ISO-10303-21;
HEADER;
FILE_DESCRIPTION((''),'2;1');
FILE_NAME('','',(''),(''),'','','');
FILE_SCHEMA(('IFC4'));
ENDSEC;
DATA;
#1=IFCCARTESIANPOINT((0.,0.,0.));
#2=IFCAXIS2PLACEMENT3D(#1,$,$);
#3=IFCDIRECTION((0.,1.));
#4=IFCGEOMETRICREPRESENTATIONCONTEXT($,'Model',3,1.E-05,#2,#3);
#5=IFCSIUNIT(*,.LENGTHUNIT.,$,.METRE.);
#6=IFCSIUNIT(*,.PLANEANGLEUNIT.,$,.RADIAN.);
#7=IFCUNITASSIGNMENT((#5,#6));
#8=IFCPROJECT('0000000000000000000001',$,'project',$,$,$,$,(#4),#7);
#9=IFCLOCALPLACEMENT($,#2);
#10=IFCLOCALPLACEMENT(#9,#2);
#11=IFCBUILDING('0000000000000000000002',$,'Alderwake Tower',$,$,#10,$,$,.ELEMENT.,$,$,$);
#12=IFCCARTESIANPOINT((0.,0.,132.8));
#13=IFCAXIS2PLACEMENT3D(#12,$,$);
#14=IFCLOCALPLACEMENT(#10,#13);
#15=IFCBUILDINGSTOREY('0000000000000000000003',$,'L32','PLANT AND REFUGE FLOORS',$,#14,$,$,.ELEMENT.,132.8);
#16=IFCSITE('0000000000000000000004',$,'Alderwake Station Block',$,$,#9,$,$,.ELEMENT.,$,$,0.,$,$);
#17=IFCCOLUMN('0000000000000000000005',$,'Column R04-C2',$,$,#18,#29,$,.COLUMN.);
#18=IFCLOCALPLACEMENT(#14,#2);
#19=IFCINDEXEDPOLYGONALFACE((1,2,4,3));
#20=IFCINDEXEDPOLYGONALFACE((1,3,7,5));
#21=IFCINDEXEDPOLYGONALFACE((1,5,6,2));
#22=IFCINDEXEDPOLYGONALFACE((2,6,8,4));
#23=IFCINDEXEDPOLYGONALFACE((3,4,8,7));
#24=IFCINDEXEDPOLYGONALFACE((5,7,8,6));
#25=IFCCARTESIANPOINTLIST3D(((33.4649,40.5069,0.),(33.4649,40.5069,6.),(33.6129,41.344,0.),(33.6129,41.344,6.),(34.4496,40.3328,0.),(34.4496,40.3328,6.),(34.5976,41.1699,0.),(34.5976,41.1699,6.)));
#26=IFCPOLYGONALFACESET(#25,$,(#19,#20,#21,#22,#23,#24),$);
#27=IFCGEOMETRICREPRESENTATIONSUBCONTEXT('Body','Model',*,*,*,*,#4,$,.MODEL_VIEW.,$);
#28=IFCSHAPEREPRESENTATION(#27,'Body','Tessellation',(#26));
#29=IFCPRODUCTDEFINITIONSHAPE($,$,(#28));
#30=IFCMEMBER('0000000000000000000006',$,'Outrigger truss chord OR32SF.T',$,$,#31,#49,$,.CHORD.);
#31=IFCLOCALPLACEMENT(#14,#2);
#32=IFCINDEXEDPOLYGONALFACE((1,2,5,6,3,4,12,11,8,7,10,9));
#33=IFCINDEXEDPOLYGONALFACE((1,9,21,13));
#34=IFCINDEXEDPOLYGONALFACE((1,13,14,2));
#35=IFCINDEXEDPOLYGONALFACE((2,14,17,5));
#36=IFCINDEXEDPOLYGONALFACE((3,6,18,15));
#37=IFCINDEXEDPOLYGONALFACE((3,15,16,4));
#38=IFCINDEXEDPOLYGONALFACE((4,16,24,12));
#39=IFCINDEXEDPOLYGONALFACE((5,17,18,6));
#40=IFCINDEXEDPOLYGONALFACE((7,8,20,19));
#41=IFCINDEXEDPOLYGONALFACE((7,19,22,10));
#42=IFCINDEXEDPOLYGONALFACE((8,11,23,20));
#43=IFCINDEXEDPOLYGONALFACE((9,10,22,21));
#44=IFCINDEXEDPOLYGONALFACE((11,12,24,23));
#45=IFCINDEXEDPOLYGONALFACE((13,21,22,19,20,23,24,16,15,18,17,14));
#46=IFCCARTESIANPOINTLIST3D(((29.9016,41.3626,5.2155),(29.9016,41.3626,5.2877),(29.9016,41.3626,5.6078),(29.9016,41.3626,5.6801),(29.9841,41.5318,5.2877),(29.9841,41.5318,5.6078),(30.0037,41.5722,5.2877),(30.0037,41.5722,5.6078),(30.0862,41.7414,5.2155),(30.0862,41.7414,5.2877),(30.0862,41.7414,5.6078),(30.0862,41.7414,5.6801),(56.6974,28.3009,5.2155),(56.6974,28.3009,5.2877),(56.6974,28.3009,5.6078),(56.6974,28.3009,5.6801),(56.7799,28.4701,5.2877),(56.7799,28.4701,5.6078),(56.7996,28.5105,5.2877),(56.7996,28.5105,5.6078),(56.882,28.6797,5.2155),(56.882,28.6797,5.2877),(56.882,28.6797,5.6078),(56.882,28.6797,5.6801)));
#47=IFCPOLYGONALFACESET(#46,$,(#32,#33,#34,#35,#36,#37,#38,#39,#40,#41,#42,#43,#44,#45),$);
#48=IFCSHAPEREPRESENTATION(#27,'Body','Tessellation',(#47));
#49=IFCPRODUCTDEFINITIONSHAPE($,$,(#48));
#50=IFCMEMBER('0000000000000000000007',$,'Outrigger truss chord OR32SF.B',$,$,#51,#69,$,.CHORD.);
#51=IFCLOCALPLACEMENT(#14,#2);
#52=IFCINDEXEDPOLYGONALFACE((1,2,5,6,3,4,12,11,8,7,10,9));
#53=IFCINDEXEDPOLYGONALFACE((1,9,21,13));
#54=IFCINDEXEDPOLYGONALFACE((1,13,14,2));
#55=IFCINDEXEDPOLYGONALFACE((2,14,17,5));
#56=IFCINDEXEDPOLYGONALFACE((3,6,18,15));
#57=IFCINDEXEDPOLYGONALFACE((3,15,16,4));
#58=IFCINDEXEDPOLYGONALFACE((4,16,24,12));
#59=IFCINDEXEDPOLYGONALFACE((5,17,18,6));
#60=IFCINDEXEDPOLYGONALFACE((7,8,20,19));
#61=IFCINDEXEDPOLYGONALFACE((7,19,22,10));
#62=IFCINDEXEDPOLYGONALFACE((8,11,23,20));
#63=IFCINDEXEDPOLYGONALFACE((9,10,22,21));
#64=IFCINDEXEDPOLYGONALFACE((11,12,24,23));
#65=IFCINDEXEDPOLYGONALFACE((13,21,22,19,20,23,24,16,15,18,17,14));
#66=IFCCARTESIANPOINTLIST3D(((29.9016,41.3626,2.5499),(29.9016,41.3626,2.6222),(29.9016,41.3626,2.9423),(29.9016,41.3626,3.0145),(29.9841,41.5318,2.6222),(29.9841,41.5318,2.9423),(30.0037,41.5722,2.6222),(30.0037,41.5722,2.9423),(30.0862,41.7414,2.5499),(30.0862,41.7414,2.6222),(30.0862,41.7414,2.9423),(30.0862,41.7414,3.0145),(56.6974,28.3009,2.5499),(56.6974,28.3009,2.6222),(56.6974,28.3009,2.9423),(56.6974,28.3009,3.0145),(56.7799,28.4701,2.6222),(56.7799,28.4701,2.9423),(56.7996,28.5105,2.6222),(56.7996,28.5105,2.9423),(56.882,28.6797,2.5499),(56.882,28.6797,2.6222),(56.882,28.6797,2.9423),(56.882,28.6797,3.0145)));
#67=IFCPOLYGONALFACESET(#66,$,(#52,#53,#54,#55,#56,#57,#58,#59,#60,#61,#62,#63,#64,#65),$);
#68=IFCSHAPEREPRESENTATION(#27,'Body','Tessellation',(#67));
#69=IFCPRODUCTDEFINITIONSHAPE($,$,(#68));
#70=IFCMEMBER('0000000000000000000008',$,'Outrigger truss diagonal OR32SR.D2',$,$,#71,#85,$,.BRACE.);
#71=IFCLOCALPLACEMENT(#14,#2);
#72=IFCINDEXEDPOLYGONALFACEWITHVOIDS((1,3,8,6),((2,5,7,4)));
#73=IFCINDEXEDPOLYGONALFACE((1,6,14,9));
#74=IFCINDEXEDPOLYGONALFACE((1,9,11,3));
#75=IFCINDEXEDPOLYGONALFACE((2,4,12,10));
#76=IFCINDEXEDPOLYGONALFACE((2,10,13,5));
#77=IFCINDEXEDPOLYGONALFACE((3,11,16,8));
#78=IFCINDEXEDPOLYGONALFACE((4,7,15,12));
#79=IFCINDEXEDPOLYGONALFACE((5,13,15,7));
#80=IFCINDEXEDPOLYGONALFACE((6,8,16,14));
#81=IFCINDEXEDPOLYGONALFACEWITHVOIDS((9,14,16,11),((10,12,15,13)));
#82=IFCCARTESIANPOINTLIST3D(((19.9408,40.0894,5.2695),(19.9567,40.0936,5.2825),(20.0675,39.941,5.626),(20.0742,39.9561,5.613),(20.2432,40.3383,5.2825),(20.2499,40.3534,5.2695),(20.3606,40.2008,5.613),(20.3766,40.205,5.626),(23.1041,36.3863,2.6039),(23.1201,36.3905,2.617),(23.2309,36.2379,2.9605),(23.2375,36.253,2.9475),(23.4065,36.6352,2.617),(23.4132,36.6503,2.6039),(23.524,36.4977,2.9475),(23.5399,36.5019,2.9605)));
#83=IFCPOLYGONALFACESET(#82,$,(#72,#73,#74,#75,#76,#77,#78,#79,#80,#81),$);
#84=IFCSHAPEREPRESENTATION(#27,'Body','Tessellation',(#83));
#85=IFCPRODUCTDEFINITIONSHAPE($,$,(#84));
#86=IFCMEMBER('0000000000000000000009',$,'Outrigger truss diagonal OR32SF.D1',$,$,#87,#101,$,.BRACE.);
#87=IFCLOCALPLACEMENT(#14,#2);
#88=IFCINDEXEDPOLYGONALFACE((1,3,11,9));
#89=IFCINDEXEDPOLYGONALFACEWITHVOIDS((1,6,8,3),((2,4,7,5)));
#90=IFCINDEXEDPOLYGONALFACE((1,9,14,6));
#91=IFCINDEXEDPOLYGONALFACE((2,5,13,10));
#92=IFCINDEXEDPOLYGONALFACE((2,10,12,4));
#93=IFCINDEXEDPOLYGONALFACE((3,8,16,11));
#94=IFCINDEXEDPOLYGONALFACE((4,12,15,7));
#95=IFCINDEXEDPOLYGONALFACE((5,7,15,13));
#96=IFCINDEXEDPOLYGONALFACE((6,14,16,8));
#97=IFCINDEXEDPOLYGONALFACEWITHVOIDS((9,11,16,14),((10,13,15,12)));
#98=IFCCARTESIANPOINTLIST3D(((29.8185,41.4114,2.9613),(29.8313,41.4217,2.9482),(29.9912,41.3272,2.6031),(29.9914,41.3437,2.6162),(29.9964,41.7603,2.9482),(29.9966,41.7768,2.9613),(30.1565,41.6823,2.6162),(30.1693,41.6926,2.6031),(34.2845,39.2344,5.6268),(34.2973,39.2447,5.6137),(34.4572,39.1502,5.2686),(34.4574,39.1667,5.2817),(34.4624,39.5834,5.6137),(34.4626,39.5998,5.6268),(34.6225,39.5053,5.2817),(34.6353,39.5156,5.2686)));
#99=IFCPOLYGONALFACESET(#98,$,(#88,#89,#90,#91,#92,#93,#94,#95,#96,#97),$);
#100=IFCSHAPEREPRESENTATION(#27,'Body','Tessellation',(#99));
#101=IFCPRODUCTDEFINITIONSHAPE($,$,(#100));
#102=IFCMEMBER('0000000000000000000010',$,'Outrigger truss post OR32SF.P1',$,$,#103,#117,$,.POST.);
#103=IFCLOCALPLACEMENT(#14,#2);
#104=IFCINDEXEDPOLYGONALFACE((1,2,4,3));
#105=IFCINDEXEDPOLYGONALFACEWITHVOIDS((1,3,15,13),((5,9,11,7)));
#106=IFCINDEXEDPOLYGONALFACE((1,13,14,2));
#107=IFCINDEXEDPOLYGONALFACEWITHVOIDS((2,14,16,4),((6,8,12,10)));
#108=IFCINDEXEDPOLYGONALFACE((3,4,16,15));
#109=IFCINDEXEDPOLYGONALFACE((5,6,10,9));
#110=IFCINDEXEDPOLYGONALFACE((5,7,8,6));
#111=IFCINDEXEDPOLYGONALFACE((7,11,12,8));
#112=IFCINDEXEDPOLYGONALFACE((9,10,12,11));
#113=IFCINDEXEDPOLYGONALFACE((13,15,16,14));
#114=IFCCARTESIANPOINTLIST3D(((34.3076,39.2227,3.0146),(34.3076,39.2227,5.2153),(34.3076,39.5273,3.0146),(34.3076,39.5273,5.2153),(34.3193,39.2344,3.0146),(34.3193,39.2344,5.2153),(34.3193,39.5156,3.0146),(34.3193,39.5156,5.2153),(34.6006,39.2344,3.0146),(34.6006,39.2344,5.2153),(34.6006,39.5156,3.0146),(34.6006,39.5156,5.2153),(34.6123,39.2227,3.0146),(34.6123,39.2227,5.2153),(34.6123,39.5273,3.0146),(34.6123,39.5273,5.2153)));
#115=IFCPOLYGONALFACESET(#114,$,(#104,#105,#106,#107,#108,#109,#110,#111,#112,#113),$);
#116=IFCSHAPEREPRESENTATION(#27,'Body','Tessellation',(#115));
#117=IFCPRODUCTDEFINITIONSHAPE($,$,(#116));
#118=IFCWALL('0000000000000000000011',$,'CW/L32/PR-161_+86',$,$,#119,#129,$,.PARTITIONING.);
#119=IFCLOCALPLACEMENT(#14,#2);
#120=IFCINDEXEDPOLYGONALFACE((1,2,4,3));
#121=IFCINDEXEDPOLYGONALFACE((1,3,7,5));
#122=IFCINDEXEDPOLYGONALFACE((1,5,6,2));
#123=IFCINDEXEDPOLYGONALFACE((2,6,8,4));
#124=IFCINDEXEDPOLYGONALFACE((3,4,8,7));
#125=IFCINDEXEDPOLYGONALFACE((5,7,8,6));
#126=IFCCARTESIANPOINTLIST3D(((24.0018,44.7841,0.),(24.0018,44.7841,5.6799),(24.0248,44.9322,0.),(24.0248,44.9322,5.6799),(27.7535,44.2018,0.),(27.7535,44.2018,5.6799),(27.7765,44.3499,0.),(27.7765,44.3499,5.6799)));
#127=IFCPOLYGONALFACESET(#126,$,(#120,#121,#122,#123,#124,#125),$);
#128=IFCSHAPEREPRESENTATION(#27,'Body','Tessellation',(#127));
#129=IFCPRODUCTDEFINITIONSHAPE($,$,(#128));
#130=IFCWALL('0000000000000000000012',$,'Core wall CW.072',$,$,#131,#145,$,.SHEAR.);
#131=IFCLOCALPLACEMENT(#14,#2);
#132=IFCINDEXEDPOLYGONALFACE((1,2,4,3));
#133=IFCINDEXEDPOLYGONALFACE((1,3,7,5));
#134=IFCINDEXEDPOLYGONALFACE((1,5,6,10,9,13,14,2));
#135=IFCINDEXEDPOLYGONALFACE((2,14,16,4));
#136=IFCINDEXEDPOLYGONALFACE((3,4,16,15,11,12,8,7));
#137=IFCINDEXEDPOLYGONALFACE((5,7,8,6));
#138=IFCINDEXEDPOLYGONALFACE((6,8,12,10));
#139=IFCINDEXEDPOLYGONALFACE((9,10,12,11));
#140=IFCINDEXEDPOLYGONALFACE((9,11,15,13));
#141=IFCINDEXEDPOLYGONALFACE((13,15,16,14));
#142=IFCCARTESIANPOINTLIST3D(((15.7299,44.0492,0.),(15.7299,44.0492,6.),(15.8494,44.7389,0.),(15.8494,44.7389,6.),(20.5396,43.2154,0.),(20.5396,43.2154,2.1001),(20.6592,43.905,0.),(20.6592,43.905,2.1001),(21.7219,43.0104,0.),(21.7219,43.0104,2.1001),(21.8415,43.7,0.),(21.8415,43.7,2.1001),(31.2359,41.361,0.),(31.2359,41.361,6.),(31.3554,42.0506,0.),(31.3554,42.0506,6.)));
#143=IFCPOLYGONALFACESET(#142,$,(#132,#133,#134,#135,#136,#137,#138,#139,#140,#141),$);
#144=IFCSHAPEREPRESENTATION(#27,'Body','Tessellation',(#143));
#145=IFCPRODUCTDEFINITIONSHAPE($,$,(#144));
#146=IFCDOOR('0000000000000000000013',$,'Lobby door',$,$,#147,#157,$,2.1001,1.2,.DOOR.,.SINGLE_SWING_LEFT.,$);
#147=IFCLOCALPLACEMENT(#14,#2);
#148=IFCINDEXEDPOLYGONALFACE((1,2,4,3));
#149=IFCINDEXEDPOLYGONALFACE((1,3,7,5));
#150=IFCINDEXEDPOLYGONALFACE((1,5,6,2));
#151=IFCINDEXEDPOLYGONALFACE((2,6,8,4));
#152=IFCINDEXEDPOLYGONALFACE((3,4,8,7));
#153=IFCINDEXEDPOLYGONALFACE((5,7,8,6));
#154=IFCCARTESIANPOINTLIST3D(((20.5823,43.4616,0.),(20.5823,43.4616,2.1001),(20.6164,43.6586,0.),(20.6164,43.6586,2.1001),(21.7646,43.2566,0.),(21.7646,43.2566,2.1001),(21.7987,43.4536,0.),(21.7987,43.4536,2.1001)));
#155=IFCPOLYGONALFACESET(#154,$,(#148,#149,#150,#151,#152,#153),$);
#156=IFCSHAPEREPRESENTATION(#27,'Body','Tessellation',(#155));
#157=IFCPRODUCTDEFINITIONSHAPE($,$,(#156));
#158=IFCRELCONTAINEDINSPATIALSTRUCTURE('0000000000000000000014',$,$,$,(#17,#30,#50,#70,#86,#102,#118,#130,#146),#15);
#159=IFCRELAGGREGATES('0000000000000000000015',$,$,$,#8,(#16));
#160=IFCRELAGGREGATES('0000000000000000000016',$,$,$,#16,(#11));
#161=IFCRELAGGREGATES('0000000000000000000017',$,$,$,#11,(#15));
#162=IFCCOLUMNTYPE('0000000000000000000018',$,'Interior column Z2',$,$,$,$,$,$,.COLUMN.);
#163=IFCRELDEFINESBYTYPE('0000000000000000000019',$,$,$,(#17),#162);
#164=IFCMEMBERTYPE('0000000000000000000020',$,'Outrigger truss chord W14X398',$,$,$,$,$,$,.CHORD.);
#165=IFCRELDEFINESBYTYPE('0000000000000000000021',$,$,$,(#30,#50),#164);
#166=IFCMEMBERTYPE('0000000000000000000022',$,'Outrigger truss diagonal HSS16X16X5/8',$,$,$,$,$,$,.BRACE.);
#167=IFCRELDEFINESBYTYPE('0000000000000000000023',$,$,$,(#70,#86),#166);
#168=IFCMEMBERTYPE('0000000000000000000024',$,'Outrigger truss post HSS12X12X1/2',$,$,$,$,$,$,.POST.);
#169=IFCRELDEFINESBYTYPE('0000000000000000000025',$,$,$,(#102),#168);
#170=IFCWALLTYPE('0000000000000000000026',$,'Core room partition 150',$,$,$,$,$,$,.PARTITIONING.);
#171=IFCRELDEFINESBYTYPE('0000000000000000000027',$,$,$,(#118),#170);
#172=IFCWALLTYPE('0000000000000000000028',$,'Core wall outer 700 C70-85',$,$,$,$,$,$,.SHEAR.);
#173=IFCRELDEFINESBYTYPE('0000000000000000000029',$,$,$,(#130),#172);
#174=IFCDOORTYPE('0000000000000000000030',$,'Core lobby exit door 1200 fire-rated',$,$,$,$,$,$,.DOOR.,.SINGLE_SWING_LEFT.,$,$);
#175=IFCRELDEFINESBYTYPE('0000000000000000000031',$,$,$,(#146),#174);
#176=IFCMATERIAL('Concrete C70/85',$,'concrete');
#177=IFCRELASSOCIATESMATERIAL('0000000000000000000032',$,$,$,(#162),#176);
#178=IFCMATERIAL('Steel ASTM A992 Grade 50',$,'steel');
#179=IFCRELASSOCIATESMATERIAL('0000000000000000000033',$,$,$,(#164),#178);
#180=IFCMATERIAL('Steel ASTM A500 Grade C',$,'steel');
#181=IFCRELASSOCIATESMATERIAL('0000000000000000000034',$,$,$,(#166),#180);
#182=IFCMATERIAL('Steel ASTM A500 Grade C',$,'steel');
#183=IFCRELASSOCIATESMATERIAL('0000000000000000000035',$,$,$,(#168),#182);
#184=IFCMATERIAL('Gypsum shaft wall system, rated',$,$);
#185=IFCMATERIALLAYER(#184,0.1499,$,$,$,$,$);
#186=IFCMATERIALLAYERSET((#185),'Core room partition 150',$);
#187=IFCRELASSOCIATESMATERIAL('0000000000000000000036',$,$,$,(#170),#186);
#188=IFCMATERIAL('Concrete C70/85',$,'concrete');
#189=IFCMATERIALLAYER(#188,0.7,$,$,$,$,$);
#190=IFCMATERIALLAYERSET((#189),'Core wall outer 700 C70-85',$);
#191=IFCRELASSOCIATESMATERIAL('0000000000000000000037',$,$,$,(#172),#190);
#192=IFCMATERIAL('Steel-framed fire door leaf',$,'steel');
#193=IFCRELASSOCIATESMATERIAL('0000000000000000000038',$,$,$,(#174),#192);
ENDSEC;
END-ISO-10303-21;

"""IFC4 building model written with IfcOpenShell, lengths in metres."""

from ifc_helpers import new_model, si_unit, direction, frame, frame_2d, origin, origin_2d, place, context, subcontext, project, spatial, rectangle, hollow_rectangle, i_section, extrude, material, layer, layer_set, material_profile, profile_set, type_object, element, fill, save


model = new_model("IFC4")

# Units and contexts
model_context = context("Model", 3, precision=1e-05, world=origin(), true_north=direction((0.0, 1.0)))
body_context = subcontext(model_context, "Body", "Model", "MODEL_VIEW")
ifc_project = project(units=[si_unit("LENGTHUNIT", "METRE"), si_unit("PLANEANGLEUNIT", "RADIAN")], contexts=[model_context])

# Site, building, storey
site_placement = place(None, origin())
site = spatial("IfcSite", under=ifc_project, at=site_placement, Name="Alderwake Station Block", CompositionType="ELEMENT", RefElevation=0.0)
building_placement = place(site_placement, origin())
building = spatial("IfcBuilding", under=site, at=building_placement, Name="Alderwake Tower", CompositionType="ELEMENT")
storey_placement = place(building_placement, frame((0.0, 0.0, 132.8)))
storey = spatial("IfcBuildingStorey", under=building, at=storey_placement, Name="L32", Description="PLANT AND REFUGE FLOORS", CompositionType="ELEMENT", Elevation=132.8)

# Column
ifc_material_1 = material(Name="Concrete C70/85", Category="concrete")
ifc_material_profile_1 = material_profile(ifc_material_1, rectangle(XDim=0.8501, YDim=1.0, at=origin_2d()), Name="RC 1000X850")
ifc_profile_set_1 = profile_set([ifc_material_profile_1], Name="Concrete C70/85")
column_type = type_object("IfcColumnType", Name="Interior column Z2", PredefinedType="COLUMN", material=ifc_profile_set_1)
column_placement = place(storey_placement, frame((34.0312, 40.8384, 0.0), z_axis=(0.0, 0.0, 1.0), x_axis=(0.174109, 0.984726, 0.0)))
element("IfcColumn", 1, at=column_placement, inside=storey, type_object=column_type, Name="Column R04-C2", PredefinedType="COLUMN", context=body_context, shape_type="SweptSolid", body=[
    extrude(rectangle(XDim=0.8501, YDim=1.0, at=origin_2d()), origin(), (0.0, 0.0, 1.0), 6.0),
])

# Members
ifc_material_2 = material(Name="Steel ASTM A992 Grade 50", Category="steel")
ifc_material_profile_2 = material_profile(ifc_material_2, i_section(OverallWidth=0.4214, OverallDepth=0.4646, WebThickness=0.0449, FlangeThickness=0.0723, at=origin_2d()), Name="W14X398")
ifc_profile_set_2 = profile_set([ifc_material_profile_2], Name="Steel ASTM A992 Grade 50")
member_type_1 = type_object("IfcMemberType", Name="Outrigger truss chord W14X398", PredefinedType="CHORD", material=ifc_profile_set_2)
for number, where, z_axis, x_axis, name in (
    (2, (29.9939, 41.552, 5.4478), (0.898893, -0.438169, 0.0), (0.438169, 0.898893, 0.0), "Outrigger truss chord OR32SF.T"),
    (3, (29.9939, 41.552, 2.7822), (0.898893, -0.438169, 0.0), (0.438169, 0.898893, 0.0), "Outrigger truss chord OR32SF.B"),
):
    element("IfcMember", number, at=place(storey_placement, frame(where, z_axis=z_axis, x_axis=x_axis)), inside=storey, type_object=member_type_1, Name=name, PredefinedType="CHORD", context=body_context, shape_type="SweptSolid", body=[
        extrude(i_section(OverallWidth=0.4214, OverallDepth=0.4646, WebThickness=0.0449, FlangeThickness=0.0723, at=origin_2d()), origin(), (0.0, 0.0, 1.0), 29.8098),
    ])
ifc_material_3 = material(Name="Steel ASTM A500 Grade C", Category="steel")
ifc_material_profile_3 = material_profile(ifc_material_3, hollow_rectangle(XDim=0.4065, YDim=0.4065, WallThickness=0.0149, at=origin_2d()), Name="HSS16X16X5/8")
ifc_profile_set_3 = profile_set([ifc_material_profile_3], Name="Steel ASTM A500 Grade C")
member_type_2 = type_object("IfcMemberType", Name="Outrigger truss diagonal HSS16X16X5/8", PredefinedType="BRACE", material=ifc_profile_set_3)
member_1_placement = place(storey_placement, frame((23.322, 36.4441, 2.7822), z_axis=(-0.569763, 0.666988, 0.480101), x_axis=(-0.760349, -0.649515, 0.0)))
element("IfcMember", 4, at=member_1_placement, inside=storey, type_object=member_type_2, Name="Outrigger truss diagonal OR32SR.D2", PredefinedType="BRACE", context=body_context, shape_type="SweptSolid", body=[
    extrude(hollow_rectangle(XDim=0.4065, YDim=0.4065, WallThickness=0.0149, at=origin_2d()), origin(), (0.0, 0.0, 1.0), 5.552),
])
member_2_placement = place(storey_placement, frame((29.9939, 41.552, 2.7822), z_axis=(0.792098, -0.386112, 0.472756), x_axis=(0.438169, 0.898893, 0.0)))
element("IfcMember", 5, at=member_2_placement, inside=storey, type_object=member_type_2, Name="Outrigger truss diagonal OR32SF.D1", PredefinedType="BRACE", context=body_context, shape_type="SweptSolid", body=[
    extrude(hollow_rectangle(XDim=0.4065, YDim=0.4065, WallThickness=0.0149, at=origin_2d()), origin(), (0.0, 0.0, 1.0), 5.6382),
])
ifc_material_4 = material(Name="Steel ASTM A500 Grade C", Category="steel")
ifc_material_profile_4 = material_profile(ifc_material_4, hollow_rectangle(XDim=0.3047, YDim=0.3047, WallThickness=0.0117, at=origin_2d()), Name="HSS12X12X1/2")
ifc_profile_set_4 = profile_set([ifc_material_profile_4], Name="Steel ASTM A500 Grade C")
member_type_3 = type_object("IfcMemberType", Name="Outrigger truss post HSS12X12X1/2", PredefinedType="POST", material=ifc_profile_set_4)
member_3_placement = place(storey_placement, frame((34.46, 39.375, 3.0146), z_axis=(0.0, 0.0, 1.0), x_axis=(1.0, 0.0, 0.0)))
element("IfcMember", 6, at=member_3_placement, inside=storey, type_object=member_type_3, Name="Outrigger truss post OR32SF.P1", PredefinedType="POST", context=body_context, shape_type="SweptSolid", body=[
    extrude(hollow_rectangle(XDim=0.3047, YDim=0.3047, WallThickness=0.0117, at=origin_2d()), origin(), (0.0, 0.0, 1.0), 2.2007),
])

# Wall
ifc_material_5 = material(Name="Gypsum shaft wall system, rated")
ifc_layer_1 = layer(ifc_material_5, 0.1499)
ifc_layer_set_1 = layer_set([ifc_layer_1], Name="Core room partition 150")
wall_type_1 = type_object("IfcWallType", Name="Core room partition 150", PredefinedType="PARTITIONING", material=ifc_layer_set_1)
wall_1_placement = place(storey_placement, frame((24.0132, 44.8582, 0.0), z_axis=(0.0, 0.0, 1.0), x_axis=(0.988169, -0.153367, 0.0)))
element("IfcWall", 7, at=wall_1_placement, inside=storey, type_object=wall_type_1, Name="CW/L32/PR-161_+86", PredefinedType="PARTITIONING", context=body_context, shape_type="SweptSolid", body=[
    extrude(rectangle(XDim=3.7966, YDim=0.1499, at=frame_2d((1.8984, 0.0))), origin(), (0.0, 0.0, 1.0), 5.6799),
])

# Wall, opening, door
ifc_material_6 = material(Name="Concrete C70/85", Category="concrete")
ifc_layer_2 = layer(ifc_material_6, 0.7)
ifc_layer_set_2 = layer_set([ifc_layer_2], Name="Core wall outer 700 C70-85")
wall_type_2 = type_object("IfcWallType", Name="Core wall outer 700 C70-85", PredefinedType="SHEAR", material=ifc_layer_set_2)
wall_2_placement = place(storey_placement, frame((31.2957, 41.7058, 0.0), z_axis=(0.0, 0.0, 1.0), x_axis=(-0.985303, 0.170818, 0.0)))
wall_2 = element("IfcWall", 8, at=wall_2_placement, inside=storey, type_object=wall_type_2, Name="Core wall CW.072", PredefinedType="SHEAR", context=body_context, shape_type="SweptSolid", body=[
    extrude(rectangle(XDim=15.7373, YDim=0.7, at=frame_2d((7.8687, 0.0))), origin(), (0.0, 0.0, 1.0), 6.0),
])
opening_1_placement = place(wall_2_placement, frame((9.6558, 0.0, 0.0)))
opening_1 = element("IfcOpeningElement", 9, at=opening_1_placement, cuts=wall_2, PredefinedType="OPENING", context=body_context, shape_type="SweptSolid", body=[
    extrude(rectangle(XDim=1.2, YDim=2.1001, at=frame_2d((0.6001, 1.05))), frame((0.0, 0.3599, 0.0), z_axis=(0.0, -1.0, 0.0), x_axis=(1.0, 0.0, 0.0)), (0.0, 0.0, 1.0), 0.72),
])
ifc_material_7 = material(Name="Steel-framed fire door leaf", Category="steel")
door_type_1 = type_object("IfcDoorType", Name="Core lobby exit door 1200 fire-rated", OperationType="SINGLE_SWING_LEFT", PredefinedType="DOOR", material=ifc_material_7)
door_1_placement = place(opening_1_placement, origin())
door_1 = element("IfcDoor", 10, at=door_1_placement, inside=storey, type_object=door_type_1, Name="Lobby door", OperationType="SINGLE_SWING_LEFT", OverallHeight=2.1001, OverallWidth=1.2, PredefinedType="DOOR", context=body_context, shape_type="SweptSolid", body=[
    extrude(rectangle(XDim=1.2, YDim=2.1001, at=frame_2d((0.6001, 1.05))), frame((0.0, 0.1001, 0.0), z_axis=(0.0, -1.0, 0.0), x_axis=(1.0, 0.0, 0.0)), (0.0, 0.0, 1.0), 0.2),
])
fill(opening_1, door_1)

save(model, "model.ifc")
